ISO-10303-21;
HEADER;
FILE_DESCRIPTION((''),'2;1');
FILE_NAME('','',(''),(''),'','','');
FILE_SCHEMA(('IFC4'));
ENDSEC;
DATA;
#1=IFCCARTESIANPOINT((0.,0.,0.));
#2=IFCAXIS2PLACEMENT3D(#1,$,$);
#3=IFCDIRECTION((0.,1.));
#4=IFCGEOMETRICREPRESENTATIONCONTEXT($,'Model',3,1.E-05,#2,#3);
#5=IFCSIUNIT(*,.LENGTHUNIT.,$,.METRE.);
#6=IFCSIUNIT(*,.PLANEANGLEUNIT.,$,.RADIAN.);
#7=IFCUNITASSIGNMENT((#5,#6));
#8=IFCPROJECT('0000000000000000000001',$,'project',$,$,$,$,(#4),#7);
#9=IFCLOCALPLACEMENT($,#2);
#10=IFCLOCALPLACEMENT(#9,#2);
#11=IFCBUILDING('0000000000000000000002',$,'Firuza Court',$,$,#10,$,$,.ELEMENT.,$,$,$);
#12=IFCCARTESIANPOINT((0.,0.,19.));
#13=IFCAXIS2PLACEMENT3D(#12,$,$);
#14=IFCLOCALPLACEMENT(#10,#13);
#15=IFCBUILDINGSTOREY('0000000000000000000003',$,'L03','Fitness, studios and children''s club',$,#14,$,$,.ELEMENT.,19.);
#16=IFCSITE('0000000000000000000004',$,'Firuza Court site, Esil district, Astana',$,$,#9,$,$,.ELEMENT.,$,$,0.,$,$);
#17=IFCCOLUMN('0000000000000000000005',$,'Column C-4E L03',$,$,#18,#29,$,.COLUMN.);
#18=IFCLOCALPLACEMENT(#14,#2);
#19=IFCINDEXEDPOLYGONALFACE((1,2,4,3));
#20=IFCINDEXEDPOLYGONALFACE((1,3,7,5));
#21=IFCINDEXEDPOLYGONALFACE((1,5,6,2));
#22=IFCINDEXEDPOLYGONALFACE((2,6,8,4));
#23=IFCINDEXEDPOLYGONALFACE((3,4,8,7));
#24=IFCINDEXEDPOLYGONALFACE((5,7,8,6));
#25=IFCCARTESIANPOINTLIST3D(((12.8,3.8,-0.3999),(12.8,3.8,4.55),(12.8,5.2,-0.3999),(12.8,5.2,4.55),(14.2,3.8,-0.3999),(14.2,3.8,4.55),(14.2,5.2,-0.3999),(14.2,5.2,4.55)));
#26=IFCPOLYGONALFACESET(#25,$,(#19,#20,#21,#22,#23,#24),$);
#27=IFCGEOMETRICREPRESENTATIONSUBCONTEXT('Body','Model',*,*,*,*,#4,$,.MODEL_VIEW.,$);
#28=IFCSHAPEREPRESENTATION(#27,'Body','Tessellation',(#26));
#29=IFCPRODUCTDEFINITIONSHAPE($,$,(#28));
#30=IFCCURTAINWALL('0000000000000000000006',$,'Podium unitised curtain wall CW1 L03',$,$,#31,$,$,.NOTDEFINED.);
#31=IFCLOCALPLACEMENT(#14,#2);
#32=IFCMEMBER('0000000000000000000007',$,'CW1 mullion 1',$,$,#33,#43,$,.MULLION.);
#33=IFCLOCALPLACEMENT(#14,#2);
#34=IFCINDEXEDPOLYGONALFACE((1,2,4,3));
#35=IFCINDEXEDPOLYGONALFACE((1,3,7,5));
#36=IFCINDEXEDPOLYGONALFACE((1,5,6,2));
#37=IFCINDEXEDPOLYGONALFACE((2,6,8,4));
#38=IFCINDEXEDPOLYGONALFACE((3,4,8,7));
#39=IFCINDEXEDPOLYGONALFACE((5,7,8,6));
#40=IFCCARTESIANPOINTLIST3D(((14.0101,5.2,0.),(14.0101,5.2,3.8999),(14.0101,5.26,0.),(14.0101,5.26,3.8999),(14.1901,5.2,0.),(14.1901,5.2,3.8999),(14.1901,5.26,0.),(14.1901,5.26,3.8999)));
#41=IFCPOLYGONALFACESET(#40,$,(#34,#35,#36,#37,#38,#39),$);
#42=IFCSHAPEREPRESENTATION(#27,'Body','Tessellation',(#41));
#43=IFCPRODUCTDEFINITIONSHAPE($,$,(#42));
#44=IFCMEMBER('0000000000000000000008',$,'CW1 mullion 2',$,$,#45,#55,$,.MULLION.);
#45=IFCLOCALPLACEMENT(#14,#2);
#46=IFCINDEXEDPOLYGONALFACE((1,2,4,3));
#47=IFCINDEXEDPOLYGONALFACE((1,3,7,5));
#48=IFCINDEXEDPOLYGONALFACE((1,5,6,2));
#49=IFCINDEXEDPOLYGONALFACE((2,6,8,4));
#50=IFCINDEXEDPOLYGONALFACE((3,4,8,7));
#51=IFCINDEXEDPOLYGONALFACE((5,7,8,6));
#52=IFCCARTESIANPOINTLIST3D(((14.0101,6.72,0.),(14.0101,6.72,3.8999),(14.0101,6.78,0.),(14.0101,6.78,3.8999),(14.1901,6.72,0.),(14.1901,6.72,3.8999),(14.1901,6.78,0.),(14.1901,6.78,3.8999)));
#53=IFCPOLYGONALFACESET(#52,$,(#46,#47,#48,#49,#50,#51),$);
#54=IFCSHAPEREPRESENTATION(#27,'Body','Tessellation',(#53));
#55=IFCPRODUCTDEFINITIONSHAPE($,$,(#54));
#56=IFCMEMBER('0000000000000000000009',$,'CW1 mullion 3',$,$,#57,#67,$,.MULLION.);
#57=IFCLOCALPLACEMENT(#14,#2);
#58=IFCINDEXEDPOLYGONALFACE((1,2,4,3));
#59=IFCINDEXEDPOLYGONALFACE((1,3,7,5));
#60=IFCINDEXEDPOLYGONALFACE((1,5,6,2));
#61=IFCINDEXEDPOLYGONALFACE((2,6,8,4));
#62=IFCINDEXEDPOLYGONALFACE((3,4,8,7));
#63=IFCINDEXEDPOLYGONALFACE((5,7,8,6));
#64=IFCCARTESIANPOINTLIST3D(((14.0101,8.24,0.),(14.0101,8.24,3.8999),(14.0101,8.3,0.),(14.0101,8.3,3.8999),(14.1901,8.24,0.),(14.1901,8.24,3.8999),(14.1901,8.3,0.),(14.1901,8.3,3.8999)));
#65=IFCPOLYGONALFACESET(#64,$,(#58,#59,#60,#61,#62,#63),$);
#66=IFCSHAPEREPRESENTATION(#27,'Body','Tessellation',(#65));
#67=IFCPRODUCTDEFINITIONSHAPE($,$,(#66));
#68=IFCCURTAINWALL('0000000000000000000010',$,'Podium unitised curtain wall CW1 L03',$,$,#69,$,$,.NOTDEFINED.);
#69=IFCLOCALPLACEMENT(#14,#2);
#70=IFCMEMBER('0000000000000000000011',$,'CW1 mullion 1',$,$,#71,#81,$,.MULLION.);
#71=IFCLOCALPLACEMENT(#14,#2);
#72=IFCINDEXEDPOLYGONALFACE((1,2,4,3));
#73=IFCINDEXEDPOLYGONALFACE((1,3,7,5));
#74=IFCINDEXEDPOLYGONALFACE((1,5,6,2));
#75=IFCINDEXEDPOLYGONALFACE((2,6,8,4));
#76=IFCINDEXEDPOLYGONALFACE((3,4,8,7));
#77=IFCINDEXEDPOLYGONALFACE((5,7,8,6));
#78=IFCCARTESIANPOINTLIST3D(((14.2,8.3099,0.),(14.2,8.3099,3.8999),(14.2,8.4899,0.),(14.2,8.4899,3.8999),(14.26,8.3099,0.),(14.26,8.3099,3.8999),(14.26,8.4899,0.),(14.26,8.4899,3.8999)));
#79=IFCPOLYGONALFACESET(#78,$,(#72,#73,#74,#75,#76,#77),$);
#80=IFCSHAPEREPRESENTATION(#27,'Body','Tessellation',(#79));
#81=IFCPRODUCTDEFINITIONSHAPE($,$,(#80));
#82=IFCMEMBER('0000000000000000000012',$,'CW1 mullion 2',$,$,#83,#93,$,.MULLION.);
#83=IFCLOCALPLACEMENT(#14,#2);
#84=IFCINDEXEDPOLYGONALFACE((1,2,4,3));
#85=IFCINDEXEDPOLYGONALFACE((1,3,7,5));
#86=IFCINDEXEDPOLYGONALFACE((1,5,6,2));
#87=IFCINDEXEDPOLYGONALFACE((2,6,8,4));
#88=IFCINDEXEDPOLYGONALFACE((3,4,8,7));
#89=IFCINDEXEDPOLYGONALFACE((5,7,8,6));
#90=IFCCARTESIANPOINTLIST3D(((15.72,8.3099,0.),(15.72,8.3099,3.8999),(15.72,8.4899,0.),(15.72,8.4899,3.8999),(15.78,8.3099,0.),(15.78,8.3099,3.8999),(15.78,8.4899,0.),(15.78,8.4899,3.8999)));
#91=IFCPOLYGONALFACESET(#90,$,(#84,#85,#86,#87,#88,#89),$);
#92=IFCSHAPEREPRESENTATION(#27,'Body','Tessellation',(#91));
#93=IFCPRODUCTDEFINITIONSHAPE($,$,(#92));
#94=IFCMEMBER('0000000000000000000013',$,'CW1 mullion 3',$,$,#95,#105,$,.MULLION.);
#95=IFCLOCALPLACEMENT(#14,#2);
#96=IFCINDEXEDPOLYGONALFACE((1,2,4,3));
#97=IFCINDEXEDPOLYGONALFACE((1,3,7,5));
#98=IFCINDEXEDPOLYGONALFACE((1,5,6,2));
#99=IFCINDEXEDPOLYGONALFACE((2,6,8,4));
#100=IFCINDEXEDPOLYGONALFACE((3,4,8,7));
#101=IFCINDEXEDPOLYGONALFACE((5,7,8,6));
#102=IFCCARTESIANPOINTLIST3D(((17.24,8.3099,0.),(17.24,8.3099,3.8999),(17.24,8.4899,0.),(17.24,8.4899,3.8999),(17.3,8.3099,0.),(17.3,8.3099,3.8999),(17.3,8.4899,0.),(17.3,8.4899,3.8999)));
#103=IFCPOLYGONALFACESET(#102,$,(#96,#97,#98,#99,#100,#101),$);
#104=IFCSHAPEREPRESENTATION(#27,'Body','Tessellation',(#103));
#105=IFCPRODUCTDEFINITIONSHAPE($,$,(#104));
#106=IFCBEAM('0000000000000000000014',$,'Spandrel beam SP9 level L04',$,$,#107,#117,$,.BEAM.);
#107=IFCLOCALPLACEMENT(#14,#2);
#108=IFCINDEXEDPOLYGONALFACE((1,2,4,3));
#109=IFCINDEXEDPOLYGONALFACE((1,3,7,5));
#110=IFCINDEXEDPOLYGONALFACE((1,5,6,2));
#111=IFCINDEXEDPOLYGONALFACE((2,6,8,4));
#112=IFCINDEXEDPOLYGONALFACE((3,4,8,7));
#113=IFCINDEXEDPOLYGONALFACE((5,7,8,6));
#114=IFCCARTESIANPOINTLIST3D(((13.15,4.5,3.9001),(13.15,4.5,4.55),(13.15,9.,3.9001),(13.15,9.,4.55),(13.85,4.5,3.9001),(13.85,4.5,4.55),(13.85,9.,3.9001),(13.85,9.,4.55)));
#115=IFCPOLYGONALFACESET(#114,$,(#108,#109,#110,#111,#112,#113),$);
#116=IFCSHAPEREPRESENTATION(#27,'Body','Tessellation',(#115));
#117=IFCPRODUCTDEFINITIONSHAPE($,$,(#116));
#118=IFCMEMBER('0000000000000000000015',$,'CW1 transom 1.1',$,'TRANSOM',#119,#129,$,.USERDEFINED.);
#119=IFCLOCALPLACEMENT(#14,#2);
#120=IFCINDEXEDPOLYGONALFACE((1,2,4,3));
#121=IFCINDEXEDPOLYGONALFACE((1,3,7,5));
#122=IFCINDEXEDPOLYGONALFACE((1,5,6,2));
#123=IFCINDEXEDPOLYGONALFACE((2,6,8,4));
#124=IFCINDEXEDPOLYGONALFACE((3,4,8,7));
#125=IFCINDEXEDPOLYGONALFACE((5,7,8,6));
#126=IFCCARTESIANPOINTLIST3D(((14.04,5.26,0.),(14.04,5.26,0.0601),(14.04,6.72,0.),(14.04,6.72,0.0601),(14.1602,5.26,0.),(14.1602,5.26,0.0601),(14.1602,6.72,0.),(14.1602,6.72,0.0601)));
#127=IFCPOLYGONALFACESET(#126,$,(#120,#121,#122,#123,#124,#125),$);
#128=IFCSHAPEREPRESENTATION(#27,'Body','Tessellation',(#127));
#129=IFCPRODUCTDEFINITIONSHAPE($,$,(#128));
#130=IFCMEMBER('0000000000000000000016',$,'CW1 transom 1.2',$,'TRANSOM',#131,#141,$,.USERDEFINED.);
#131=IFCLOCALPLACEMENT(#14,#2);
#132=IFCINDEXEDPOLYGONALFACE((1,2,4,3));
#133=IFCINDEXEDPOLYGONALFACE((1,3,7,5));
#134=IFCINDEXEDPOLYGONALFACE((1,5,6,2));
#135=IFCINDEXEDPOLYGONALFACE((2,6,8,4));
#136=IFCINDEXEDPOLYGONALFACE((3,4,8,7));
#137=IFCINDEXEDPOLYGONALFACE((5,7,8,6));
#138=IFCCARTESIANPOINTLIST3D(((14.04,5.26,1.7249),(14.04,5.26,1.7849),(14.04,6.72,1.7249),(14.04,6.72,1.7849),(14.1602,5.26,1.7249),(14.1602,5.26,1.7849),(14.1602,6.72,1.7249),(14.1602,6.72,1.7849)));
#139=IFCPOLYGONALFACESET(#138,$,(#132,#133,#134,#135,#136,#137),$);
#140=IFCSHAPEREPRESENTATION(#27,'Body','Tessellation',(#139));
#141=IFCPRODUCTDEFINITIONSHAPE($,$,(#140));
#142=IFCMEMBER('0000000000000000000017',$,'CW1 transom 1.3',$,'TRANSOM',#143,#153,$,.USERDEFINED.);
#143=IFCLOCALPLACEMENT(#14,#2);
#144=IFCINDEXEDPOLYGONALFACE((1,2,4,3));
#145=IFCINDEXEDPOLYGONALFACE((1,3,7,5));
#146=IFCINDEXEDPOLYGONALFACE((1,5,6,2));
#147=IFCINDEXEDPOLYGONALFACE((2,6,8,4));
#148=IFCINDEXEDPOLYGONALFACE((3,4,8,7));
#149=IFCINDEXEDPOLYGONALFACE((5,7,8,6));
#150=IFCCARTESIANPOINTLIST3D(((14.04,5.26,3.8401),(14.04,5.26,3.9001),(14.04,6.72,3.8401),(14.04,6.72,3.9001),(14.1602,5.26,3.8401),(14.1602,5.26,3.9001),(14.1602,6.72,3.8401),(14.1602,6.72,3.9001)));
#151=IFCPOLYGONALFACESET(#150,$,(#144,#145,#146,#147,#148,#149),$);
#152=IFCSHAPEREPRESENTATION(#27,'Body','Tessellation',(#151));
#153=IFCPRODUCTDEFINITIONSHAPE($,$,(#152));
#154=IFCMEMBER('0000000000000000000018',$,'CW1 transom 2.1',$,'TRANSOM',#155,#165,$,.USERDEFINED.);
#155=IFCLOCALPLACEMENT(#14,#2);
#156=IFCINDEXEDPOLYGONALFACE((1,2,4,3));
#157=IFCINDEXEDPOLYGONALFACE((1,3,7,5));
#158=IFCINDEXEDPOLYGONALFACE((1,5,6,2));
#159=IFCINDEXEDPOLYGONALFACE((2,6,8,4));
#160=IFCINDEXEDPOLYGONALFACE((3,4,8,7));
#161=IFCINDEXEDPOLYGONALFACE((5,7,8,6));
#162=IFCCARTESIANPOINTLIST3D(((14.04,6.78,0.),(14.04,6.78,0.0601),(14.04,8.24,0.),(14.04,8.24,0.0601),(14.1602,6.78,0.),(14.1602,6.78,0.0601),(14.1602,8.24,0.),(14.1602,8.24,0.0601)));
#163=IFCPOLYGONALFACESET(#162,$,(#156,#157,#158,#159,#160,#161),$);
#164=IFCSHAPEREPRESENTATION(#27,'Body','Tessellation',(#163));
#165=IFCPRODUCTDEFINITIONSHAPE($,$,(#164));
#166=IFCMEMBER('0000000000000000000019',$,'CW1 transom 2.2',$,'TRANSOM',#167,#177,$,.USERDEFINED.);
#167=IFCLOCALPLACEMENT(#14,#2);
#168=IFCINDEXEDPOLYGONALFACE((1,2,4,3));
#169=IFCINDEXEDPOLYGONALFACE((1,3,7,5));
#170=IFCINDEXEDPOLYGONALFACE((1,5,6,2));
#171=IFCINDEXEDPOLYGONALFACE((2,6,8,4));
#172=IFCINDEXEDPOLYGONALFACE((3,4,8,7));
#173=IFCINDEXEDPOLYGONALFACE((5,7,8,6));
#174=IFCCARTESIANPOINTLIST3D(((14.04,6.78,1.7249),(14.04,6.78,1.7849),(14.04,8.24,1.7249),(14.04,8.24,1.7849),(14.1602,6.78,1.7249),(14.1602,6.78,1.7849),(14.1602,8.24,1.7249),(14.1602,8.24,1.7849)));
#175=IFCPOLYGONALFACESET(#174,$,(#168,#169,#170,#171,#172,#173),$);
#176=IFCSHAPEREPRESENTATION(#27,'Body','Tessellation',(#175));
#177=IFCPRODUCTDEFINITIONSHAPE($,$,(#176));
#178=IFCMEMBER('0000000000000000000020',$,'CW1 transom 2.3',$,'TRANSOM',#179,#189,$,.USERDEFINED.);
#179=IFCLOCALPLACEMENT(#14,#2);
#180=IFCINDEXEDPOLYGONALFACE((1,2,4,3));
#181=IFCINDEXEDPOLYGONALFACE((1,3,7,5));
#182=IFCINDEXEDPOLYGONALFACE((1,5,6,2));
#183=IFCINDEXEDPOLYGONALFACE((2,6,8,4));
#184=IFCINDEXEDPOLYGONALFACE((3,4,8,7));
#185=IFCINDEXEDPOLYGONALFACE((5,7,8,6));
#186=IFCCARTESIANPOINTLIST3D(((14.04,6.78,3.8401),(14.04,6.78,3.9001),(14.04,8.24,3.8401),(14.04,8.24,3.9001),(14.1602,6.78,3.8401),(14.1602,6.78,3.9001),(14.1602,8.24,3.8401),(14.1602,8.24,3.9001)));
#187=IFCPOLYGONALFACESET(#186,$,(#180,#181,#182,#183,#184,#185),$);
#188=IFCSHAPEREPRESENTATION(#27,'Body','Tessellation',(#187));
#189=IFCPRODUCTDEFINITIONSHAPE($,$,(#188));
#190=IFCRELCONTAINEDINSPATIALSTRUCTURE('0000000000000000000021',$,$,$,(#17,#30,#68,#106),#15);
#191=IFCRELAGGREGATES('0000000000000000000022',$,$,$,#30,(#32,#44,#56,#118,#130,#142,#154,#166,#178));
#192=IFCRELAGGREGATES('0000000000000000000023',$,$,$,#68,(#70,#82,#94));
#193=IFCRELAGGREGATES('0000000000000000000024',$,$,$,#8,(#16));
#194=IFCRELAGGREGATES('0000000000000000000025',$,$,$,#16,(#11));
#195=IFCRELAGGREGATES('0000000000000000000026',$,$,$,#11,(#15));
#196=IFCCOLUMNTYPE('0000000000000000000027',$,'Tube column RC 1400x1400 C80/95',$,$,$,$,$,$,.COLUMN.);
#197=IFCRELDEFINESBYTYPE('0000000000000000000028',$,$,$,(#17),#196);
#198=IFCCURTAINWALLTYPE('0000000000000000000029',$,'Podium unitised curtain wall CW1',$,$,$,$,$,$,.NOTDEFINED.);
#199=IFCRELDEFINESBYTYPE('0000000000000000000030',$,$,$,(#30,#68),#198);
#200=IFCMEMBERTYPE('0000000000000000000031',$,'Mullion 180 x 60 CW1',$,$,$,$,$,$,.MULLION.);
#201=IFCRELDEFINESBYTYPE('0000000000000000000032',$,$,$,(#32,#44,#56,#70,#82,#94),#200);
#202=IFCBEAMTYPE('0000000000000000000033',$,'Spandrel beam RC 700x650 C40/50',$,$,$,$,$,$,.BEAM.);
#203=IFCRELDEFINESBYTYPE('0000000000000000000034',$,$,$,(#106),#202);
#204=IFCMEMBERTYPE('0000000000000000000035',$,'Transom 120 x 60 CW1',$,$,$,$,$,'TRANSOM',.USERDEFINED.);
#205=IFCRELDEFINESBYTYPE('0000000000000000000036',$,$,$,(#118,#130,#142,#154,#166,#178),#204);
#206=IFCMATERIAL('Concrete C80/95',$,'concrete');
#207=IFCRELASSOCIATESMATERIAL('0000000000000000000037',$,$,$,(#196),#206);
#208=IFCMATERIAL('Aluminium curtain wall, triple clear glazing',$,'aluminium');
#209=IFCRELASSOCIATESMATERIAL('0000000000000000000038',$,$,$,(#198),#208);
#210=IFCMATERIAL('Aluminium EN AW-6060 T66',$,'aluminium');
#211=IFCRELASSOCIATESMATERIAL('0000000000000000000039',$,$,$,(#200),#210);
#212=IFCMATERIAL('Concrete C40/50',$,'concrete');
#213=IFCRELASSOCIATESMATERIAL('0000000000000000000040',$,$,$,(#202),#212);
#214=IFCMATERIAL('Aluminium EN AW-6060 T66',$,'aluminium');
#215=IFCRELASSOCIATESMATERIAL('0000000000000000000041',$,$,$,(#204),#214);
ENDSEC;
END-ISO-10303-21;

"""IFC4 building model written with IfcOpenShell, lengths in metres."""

from ifc_helpers import new_model, si_unit, direction, frame, origin, origin_2d, place, context, subcontext, project, spatial, rectangle, extrude, material, material_profile, profile_set, type_object, element, aggregate, save


model = new_model("IFC4")

# Units and contexts
model_context = context("Model", 3, precision=1e-05, world=origin(), true_north=direction((0.0, 1.0)))
body_context = subcontext(model_context, "Body", "Model", "MODEL_VIEW")
ifc_project = project(units=[si_unit("LENGTHUNIT", "METRE"), si_unit("PLANEANGLEUNIT", "RADIAN")], contexts=[model_context])

# Site, building, storey
site_placement = place(None, origin())
site = spatial("IfcSite", under=ifc_project, at=site_placement, Name="Firuza Court site, Esil district, Astana", CompositionType="ELEMENT", RefElevation=0.0)
building_placement = place(site_placement, origin())
building = spatial("IfcBuilding", under=site, at=building_placement, Name="Firuza Court", CompositionType="ELEMENT")
storey_placement = place(building_placement, frame((0.0, 0.0, 19.0)))
storey = spatial("IfcBuildingStorey", under=building, at=storey_placement, Name="L03", Description="Fitness, studios and children's club", CompositionType="ELEMENT", Elevation=19.0)

# Column
ifc_material_1 = material(Name="Concrete C80/95", Category="concrete")
ifc_material_profile_1 = material_profile(ifc_material_1, rectangle(XDim=1.3999, YDim=1.3999, at=origin_2d()), Name="RC 1400x1400")
ifc_profile_set_1 = profile_set([ifc_material_profile_1], Name="Concrete C80/95")
column_type = type_object("IfcColumnType", Name="Tube column RC 1400x1400 C80/95", PredefinedType="COLUMN", material=ifc_profile_set_1)
column_placement = place(storey_placement, frame((13.5, 4.5, -0.3999), z_axis=(0.0, 0.0, 1.0), x_axis=(1.0, 0.0, 0.0)))
element("IfcColumn", 1, at=column_placement, inside=storey, type_object=column_type, Name="Column C-4E L03", PredefinedType="COLUMN", context=body_context, shape_type="SweptSolid", body=[
    extrude(rectangle(XDim=1.3999, YDim=1.3999, at=origin_2d()), origin(), (0.0, 0.0, 1.0), 4.95),
])

# Curtain walls, members
ifc_material_2 = material(Name="Aluminium curtain wall, triple clear glazing", Category="aluminium")
curtain_wall_type = type_object("IfcCurtainWallType", Name="Podium unitised curtain wall CW1", PredefinedType="NOTDEFINED", material=ifc_material_2)
curtain_wall_1_placement = place(storey_placement, origin())
curtain_wall_1 = element("IfcCurtainWall", 2, at=curtain_wall_1_placement, inside=storey, type_object=curtain_wall_type, Name="Podium unitised curtain wall CW1 L03", PredefinedType="NOTDEFINED")
ifc_material_3 = material(Name="Aluminium EN AW-6060 T66", Category="aluminium")
ifc_material_profile_2 = material_profile(ifc_material_3, rectangle(XDim=0.1799, YDim=0.0601, at=origin_2d()), Name="Mullion 180 x 60 CW1")
ifc_profile_set_2 = profile_set([ifc_material_profile_2], Name="Aluminium EN AW-6060 T66")
member_type_1 = type_object("IfcMemberType", Name="Mullion 180 x 60 CW1", PredefinedType="MULLION", material=ifc_profile_set_2)
member_1_placement = place(storey_placement, frame((14.1001, 5.23, 0.0), z_axis=(0.0, 0.0, 1.0), x_axis=(-1.0, 0.0, 0.0)))
member_1 = element("IfcMember", 3, at=member_1_placement, type_object=member_type_1, Name="CW1 mullion 1", PredefinedType="MULLION", context=body_context, shape_type="SweptSolid", body=[
    extrude(rectangle(XDim=0.1799, YDim=0.0601, at=origin_2d()), origin(), (0.0, 0.0, 1.0), 3.8999),
])
member_2_placement = place(storey_placement, frame((14.1001, 6.75, 0.0), z_axis=(0.0, 0.0, 1.0), x_axis=(-1.0, 0.0, 0.0)))
member_2 = element("IfcMember", 4, at=member_2_placement, type_object=member_type_1, Name="CW1 mullion 2", PredefinedType="MULLION", context=body_context, shape_type="SweptSolid", body=[
    extrude(rectangle(XDim=0.1799, YDim=0.0601, at=origin_2d()), origin(), (0.0, 0.0, 1.0), 3.8999),
])
member_3_placement = place(storey_placement, frame((14.1001, 8.27, 0.0), z_axis=(0.0, 0.0, 1.0), x_axis=(-1.0, 0.0, 0.0)))
member_3 = element("IfcMember", 5, at=member_3_placement, type_object=member_type_1, Name="CW1 mullion 3", PredefinedType="MULLION", context=body_context, shape_type="SweptSolid", body=[
    extrude(rectangle(XDim=0.1799, YDim=0.0601, at=origin_2d()), origin(), (0.0, 0.0, 1.0), 3.8999),
])
curtain_wall_2_placement = place(storey_placement, origin())
curtain_wall_2 = element("IfcCurtainWall", 6, at=curtain_wall_2_placement, inside=storey, type_object=curtain_wall_type, Name="Podium unitised curtain wall CW1 L03", PredefinedType="NOTDEFINED")
member_4_placement = place(storey_placement, frame((14.23, 8.3999, 0.0), z_axis=(0.0, 0.0, 1.0), x_axis=(0.0, 1.0, 0.0)))
member_4 = element("IfcMember", 7, at=member_4_placement, type_object=member_type_1, Name="CW1 mullion 1", PredefinedType="MULLION", context=body_context, shape_type="SweptSolid", body=[
    extrude(rectangle(XDim=0.1799, YDim=0.0601, at=origin_2d()), origin(), (0.0, 0.0, 1.0), 3.8999),
])
member_5_placement = place(storey_placement, frame((15.75, 8.3999, 0.0), z_axis=(0.0, 0.0, 1.0), x_axis=(0.0, 1.0, 0.0)))
member_5 = element("IfcMember", 8, at=member_5_placement, type_object=member_type_1, Name="CW1 mullion 2", PredefinedType="MULLION", context=body_context, shape_type="SweptSolid", body=[
    extrude(rectangle(XDim=0.1799, YDim=0.0601, at=origin_2d()), origin(), (0.0, 0.0, 1.0), 3.8999),
])
member_6_placement = place(storey_placement, frame((17.27, 8.3999, 0.0), z_axis=(0.0, 0.0, 1.0), x_axis=(0.0, 1.0, 0.0)))
member_6 = element("IfcMember", 9, at=member_6_placement, type_object=member_type_1, Name="CW1 mullion 3", PredefinedType="MULLION", context=body_context, shape_type="SweptSolid", body=[
    extrude(rectangle(XDim=0.1799, YDim=0.0601, at=origin_2d()), origin(), (0.0, 0.0, 1.0), 3.8999),
])

# Beam
ifc_material_4 = material(Name="Concrete C40/50", Category="concrete")
ifc_material_profile_3 = material_profile(ifc_material_4, rectangle(XDim=0.7, YDim=0.6499, at=origin_2d()), Name="RC 700x650")
ifc_profile_set_3 = profile_set([ifc_material_profile_3], Name="Concrete C40/50")
beam_type = type_object("IfcBeamType", Name="Spandrel beam RC 700x650 C40/50", PredefinedType="BEAM", material=ifc_profile_set_3)
beam_placement = place(storey_placement, frame((13.5, 4.5, 4.2251), z_axis=(0.0, 1.0, 0.0), x_axis=(-1.0, 0.0, 0.0)))
element("IfcBeam", 10, at=beam_placement, inside=storey, type_object=beam_type, Name="Spandrel beam SP9 level L04", PredefinedType="BEAM", context=body_context, shape_type="SweptSolid", body=[
    extrude(rectangle(XDim=0.7, YDim=0.6499, at=origin_2d()), origin(), (0.0, 0.0, 1.0), 4.5),
])

# Members
ifc_material_5 = material(Name="Aluminium EN AW-6060 T66", Category="aluminium")
ifc_material_profile_4 = material_profile(ifc_material_5, rectangle(XDim=0.1201, YDim=0.0601, at=origin_2d()), Name="Transom 120 x 60 CW1")
ifc_profile_set_4 = profile_set([ifc_material_profile_4], Name="Aluminium EN AW-6060 T66")
member_type_2 = type_object("IfcMemberType", Name="Transom 120 x 60 CW1", ElementType="TRANSOM", PredefinedType="USERDEFINED", material=ifc_profile_set_4)
member_7_placement = place(storey_placement, frame((14.1001, 5.26, 0.03), z_axis=(0.0, 1.0, 0.0), x_axis=(-1.0, 0.0, 0.0)))
member_7 = element("IfcMember", 11, at=member_7_placement, type_object=member_type_2, Name="CW1 transom 1.1", ObjectType="TRANSOM", PredefinedType="USERDEFINED", context=body_context, shape_type="SweptSolid", body=[
    extrude(rectangle(XDim=0.1201, YDim=0.0601, at=origin_2d()), origin(), (0.0, 0.0, 1.0), 1.46),
])
member_8_placement = place(storey_placement, frame((14.1001, 5.26, 1.7549), z_axis=(0.0, 1.0, 0.0), x_axis=(-1.0, 0.0, 0.0)))
member_8 = element("IfcMember", 12, at=member_8_placement, type_object=member_type_2, Name="CW1 transom 1.2", ObjectType="TRANSOM", PredefinedType="USERDEFINED", context=body_context, shape_type="SweptSolid", body=[
    extrude(rectangle(XDim=0.1201, YDim=0.0601, at=origin_2d()), origin(), (0.0, 0.0, 1.0), 1.46),
])
member_9_placement = place(storey_placement, frame((14.1001, 5.26, 3.8701), z_axis=(0.0, 1.0, 0.0), x_axis=(-1.0, 0.0, 0.0)))
member_9 = element("IfcMember", 13, at=member_9_placement, type_object=member_type_2, Name="CW1 transom 1.3", ObjectType="TRANSOM", PredefinedType="USERDEFINED", context=body_context, shape_type="SweptSolid", body=[
    extrude(rectangle(XDim=0.1201, YDim=0.0601, at=origin_2d()), origin(), (0.0, 0.0, 1.0), 1.46),
])
member_10_placement = place(storey_placement, frame((14.1001, 6.78, 0.03), z_axis=(0.0, 1.0, 0.0), x_axis=(-1.0, 0.0, 0.0)))
member_10 = element("IfcMember", 14, at=member_10_placement, type_object=member_type_2, Name="CW1 transom 2.1", ObjectType="TRANSOM", PredefinedType="USERDEFINED", context=body_context, shape_type="SweptSolid", body=[
    extrude(rectangle(XDim=0.1201, YDim=0.0601, at=origin_2d()), origin(), (0.0, 0.0, 1.0), 1.46),
])
member_11_placement = place(storey_placement, frame((14.1001, 6.78, 1.7549), z_axis=(0.0, 1.0, 0.0), x_axis=(-1.0, 0.0, 0.0)))
member_11 = element("IfcMember", 15, at=member_11_placement, type_object=member_type_2, Name="CW1 transom 2.2", ObjectType="TRANSOM", PredefinedType="USERDEFINED", context=body_context, shape_type="SweptSolid", body=[
    extrude(rectangle(XDim=0.1201, YDim=0.0601, at=origin_2d()), origin(), (0.0, 0.0, 1.0), 1.46),
])
member_12_placement = place(storey_placement, frame((14.1001, 6.78, 3.8701), z_axis=(0.0, 1.0, 0.0), x_axis=(-1.0, 0.0, 0.0)))
member_12 = element("IfcMember", 16, at=member_12_placement, type_object=member_type_2, Name="CW1 transom 2.3", ObjectType="TRANSOM", PredefinedType="USERDEFINED", context=body_context, shape_type="SweptSolid", body=[
    extrude(rectangle(XDim=0.1201, YDim=0.0601, at=origin_2d()), origin(), (0.0, 0.0, 1.0), 1.46),
])

aggregate(curtain_wall_1, [member_1, member_2, member_3, member_7, member_8, member_9, member_10, member_11, member_12])
aggregate(curtain_wall_2, [member_4, member_5, member_6])

save(model, "model.ifc")
